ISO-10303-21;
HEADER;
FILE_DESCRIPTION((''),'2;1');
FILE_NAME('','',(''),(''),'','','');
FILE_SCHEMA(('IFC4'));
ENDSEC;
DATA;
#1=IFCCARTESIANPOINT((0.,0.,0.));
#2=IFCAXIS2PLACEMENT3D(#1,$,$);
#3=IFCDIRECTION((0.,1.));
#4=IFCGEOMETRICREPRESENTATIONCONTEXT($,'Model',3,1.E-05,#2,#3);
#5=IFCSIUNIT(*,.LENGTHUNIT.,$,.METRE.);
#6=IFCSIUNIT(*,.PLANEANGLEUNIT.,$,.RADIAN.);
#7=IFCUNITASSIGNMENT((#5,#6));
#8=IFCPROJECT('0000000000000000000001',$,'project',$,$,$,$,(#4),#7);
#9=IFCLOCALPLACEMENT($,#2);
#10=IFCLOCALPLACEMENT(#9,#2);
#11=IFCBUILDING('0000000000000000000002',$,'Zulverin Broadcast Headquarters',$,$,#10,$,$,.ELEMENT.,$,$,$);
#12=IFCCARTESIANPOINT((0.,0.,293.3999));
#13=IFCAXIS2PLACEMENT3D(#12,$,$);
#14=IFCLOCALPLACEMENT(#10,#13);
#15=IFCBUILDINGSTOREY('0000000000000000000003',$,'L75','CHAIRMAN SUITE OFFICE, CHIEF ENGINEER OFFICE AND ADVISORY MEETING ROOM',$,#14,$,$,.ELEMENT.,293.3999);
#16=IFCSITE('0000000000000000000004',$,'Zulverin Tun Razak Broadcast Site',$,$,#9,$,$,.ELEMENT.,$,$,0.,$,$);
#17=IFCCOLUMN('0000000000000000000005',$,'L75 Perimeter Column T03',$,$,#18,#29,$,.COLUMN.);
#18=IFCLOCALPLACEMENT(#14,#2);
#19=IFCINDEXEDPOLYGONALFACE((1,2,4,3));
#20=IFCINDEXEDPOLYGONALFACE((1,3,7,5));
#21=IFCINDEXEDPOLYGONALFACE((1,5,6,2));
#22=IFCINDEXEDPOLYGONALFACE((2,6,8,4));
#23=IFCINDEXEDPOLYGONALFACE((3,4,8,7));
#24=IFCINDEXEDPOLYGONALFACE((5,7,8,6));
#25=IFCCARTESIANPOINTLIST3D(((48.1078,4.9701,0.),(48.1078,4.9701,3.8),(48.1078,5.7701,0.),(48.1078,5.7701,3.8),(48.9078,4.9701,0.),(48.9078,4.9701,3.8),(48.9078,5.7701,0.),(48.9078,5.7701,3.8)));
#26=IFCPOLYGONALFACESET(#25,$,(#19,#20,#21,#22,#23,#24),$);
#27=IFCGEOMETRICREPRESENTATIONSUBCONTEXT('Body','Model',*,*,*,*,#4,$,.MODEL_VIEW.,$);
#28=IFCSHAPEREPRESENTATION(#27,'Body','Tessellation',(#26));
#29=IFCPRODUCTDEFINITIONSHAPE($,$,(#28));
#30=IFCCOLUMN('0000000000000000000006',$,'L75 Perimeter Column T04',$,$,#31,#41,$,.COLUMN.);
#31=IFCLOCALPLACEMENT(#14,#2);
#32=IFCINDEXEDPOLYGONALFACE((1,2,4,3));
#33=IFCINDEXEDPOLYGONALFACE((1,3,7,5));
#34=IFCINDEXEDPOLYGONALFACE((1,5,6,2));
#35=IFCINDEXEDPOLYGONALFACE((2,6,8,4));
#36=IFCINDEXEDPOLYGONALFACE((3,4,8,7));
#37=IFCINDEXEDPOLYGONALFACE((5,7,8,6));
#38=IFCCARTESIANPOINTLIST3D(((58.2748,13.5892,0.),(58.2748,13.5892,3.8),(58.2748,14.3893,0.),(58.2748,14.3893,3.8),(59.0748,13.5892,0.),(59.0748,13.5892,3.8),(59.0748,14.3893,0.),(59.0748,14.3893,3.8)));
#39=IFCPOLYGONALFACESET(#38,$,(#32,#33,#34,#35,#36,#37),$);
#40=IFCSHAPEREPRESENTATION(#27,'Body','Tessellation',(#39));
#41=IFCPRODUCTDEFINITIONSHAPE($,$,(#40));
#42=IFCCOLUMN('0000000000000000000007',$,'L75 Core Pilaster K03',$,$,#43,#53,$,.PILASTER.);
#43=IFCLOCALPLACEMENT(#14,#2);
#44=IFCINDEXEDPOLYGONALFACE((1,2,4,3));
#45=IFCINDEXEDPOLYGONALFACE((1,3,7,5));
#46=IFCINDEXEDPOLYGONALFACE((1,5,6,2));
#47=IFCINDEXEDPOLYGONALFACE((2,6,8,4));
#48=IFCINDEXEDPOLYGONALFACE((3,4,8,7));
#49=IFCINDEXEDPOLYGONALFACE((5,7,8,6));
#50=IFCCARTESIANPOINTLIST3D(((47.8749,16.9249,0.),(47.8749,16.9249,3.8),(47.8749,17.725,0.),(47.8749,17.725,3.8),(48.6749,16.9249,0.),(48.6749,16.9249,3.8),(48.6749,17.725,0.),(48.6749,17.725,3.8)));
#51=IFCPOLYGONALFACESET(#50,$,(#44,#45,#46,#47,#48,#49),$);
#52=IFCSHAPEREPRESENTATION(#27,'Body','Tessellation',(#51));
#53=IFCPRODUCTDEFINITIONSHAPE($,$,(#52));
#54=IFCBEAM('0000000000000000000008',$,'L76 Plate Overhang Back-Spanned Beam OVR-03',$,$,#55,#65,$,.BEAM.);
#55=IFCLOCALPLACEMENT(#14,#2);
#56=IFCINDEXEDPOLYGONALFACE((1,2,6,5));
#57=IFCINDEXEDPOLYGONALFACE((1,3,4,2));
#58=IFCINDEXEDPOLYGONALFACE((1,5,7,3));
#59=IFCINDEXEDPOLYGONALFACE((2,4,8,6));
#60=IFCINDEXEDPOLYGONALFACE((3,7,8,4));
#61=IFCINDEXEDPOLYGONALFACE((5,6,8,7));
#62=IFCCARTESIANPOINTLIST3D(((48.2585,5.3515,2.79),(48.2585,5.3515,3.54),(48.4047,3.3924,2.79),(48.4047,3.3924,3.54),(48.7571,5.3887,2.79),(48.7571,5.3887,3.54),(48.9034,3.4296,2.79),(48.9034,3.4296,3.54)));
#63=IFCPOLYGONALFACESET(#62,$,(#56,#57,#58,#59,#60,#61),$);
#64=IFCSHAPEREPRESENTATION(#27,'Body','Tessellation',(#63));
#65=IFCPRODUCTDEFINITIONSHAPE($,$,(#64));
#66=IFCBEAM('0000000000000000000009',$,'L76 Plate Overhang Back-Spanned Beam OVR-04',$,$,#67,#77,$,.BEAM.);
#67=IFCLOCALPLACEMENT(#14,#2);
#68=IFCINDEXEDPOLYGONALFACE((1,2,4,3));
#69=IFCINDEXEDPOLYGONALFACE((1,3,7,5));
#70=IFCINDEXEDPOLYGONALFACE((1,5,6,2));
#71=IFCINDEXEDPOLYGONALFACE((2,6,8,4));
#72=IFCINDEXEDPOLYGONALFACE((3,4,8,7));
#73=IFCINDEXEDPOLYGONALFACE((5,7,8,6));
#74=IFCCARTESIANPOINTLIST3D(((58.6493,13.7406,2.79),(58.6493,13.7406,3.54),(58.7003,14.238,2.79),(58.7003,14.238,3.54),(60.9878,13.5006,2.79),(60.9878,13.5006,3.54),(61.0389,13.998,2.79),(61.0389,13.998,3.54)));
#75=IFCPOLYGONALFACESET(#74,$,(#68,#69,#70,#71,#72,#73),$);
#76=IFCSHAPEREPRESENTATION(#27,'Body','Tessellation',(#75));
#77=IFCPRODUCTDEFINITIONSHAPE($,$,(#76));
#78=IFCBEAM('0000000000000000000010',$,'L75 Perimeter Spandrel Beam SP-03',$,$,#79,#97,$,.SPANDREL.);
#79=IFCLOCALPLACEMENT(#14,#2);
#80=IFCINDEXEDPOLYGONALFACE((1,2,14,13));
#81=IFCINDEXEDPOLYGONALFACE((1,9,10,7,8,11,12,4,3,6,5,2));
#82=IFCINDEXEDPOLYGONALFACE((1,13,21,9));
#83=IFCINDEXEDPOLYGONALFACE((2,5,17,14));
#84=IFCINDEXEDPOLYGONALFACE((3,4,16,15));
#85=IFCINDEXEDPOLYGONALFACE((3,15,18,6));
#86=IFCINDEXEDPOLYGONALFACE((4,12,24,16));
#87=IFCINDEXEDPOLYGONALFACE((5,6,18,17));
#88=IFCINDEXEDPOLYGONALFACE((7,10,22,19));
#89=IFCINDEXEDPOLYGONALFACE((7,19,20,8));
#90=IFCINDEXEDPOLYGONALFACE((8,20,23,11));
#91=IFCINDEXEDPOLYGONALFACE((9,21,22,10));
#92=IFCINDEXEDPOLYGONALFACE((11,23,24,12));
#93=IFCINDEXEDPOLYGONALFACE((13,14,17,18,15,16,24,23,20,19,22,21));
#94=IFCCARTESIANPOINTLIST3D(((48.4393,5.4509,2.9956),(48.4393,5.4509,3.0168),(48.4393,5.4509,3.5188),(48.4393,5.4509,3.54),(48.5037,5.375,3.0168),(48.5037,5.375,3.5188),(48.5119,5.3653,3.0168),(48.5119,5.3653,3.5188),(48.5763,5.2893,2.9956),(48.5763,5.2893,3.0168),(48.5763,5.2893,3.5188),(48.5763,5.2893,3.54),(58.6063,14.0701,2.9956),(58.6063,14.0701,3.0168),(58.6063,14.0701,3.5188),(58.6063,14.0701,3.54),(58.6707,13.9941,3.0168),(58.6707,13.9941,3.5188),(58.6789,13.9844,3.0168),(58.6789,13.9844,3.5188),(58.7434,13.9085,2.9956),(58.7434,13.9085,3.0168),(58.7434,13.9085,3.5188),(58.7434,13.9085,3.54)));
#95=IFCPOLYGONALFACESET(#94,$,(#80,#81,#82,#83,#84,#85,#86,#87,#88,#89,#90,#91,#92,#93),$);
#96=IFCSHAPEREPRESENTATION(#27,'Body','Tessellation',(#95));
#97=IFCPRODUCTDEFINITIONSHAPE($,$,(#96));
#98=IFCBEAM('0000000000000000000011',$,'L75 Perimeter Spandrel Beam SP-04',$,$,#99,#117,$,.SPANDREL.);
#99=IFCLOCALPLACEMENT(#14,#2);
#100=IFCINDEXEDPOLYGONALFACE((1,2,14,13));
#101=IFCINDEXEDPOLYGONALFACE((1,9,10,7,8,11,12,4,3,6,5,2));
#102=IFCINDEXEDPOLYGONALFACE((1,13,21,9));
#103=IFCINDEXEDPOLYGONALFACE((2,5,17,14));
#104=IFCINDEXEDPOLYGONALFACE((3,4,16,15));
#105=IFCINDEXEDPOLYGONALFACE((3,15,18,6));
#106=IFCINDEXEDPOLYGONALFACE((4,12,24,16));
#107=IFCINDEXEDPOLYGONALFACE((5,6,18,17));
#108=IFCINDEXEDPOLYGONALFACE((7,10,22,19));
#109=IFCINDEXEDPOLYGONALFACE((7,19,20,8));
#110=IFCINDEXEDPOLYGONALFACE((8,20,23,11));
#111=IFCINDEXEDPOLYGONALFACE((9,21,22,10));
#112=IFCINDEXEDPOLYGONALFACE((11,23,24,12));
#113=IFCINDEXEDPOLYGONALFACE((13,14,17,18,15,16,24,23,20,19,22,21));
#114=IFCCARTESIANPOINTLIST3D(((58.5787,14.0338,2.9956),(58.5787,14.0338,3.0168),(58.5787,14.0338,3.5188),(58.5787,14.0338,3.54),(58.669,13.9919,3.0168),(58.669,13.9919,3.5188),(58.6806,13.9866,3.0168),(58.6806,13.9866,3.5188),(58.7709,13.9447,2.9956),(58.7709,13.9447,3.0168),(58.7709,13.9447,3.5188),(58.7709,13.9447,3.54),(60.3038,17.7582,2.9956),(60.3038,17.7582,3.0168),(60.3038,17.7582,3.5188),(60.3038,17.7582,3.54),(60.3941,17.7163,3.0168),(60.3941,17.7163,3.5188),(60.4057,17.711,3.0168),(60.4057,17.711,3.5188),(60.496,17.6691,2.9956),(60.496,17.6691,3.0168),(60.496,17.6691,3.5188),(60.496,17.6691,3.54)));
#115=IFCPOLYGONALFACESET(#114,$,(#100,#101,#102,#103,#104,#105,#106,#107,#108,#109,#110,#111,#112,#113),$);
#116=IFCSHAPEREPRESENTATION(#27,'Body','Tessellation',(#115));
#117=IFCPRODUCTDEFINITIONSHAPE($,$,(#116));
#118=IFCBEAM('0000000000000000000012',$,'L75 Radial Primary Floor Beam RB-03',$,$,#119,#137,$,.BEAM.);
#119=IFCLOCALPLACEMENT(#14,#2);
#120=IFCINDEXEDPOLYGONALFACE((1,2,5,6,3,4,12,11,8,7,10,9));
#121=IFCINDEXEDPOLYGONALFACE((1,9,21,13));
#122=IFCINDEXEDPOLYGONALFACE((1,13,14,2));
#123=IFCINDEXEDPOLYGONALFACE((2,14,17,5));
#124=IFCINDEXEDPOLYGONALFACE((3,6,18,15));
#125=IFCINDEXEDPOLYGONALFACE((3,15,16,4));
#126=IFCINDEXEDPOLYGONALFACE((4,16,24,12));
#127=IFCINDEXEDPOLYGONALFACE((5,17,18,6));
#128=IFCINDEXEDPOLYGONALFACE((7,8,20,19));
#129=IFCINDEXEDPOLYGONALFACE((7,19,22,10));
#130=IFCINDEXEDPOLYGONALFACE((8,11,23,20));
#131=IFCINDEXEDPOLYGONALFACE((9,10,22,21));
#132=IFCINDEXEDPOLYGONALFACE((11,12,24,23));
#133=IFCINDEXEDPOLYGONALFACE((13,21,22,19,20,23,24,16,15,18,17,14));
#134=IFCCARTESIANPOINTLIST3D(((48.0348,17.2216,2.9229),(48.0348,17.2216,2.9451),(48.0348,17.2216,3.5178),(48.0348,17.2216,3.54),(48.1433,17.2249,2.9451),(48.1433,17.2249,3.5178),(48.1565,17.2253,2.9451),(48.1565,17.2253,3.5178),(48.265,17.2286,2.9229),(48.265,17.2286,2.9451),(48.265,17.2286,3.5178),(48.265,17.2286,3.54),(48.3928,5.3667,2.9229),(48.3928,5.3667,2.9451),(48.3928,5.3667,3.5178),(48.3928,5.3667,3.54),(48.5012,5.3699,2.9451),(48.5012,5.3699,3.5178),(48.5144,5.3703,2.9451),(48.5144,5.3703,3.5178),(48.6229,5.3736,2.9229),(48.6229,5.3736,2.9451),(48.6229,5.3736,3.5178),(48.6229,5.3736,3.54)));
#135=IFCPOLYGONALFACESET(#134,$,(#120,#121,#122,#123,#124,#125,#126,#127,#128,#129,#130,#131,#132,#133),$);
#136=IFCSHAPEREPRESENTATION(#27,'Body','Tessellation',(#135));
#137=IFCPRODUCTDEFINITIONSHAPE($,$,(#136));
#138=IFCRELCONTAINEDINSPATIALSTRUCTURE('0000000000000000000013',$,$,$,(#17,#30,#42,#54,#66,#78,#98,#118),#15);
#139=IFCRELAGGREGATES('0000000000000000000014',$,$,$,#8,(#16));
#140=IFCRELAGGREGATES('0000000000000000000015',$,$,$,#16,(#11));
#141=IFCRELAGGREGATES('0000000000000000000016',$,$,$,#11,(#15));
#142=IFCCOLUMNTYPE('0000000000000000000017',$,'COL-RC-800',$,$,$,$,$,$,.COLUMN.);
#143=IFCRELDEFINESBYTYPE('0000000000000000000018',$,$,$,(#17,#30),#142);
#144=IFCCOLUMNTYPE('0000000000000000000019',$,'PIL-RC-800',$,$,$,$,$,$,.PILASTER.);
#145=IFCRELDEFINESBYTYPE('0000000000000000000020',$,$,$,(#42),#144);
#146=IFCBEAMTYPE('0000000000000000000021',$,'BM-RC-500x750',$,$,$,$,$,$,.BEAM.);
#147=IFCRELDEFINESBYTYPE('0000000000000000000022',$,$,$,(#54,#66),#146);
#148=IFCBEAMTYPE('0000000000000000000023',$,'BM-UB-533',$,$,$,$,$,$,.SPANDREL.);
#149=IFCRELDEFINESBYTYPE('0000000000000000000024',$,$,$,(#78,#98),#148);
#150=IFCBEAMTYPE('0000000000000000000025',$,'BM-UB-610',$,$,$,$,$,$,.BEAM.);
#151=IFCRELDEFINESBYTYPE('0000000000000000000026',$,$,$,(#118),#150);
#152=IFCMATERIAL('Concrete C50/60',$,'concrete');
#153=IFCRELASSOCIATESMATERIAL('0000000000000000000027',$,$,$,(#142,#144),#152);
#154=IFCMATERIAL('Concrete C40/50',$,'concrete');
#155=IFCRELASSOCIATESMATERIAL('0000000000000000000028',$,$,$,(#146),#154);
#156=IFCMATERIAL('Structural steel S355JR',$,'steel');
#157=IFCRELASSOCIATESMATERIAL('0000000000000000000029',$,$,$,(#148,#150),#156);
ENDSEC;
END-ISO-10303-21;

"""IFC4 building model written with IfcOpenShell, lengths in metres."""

from ifc_helpers import new_model, si_unit, direction, frame, origin, origin_2d, place, context, subcontext, project, spatial, rectangle, i_section, extrude, material, material_profile, profile_set, type_object, element, save


model = new_model("IFC4")

# Units and contexts
model_context = context("Model", 3, precision=1e-05, world=origin(), true_north=direction((0.0, 1.0)))
body_context = subcontext(model_context, "Body", "Model", "MODEL_VIEW")
ifc_project = project(units=[si_unit("LENGTHUNIT", "METRE"), si_unit("PLANEANGLEUNIT", "RADIAN")], contexts=[model_context])

# Site, building, storey
site_placement = place(None, origin())
site = spatial("IfcSite", under=ifc_project, at=site_placement, Name="Zulverin Tun Razak Broadcast Site", CompositionType="ELEMENT", RefElevation=0.0)
building_placement = place(site_placement, origin())
building = spatial("IfcBuilding", under=site, at=building_placement, Name="Zulverin Broadcast Headquarters", CompositionType="ELEMENT")
storey_placement = place(building_placement, frame((0.0, 0.0, 293.3999)))
storey = spatial("IfcBuildingStorey", under=building, at=storey_placement, Name="L75", Description="CHAIRMAN SUITE OFFICE, CHIEF ENGINEER OFFICE AND ADVISORY MEETING ROOM", CompositionType="ELEMENT", Elevation=293.3999)

# Columns
ifc_material_1 = material(Name="Concrete C50/60", Category="concrete")
ifc_material_profile_1 = material_profile(ifc_material_1, rectangle(XDim=0.8, YDim=0.8, at=origin_2d()), Name="Concrete C50/60", Category="concrete")
ifc_profile_set_1 = profile_set([ifc_material_profile_1], Name="Concrete C50/60")
column_type_1 = type_object("IfcColumnType", Name="COL-RC-800", PredefinedType="COLUMN", material=ifc_profile_set_1)
for number, where, z_axis, x_axis, name in (
    (1, (48.5078, 5.3701, 0.0), (0.0, 0.0, 1.0), (1.0, 0.0, 0.0), "L75 Perimeter Column T03"),
    (2, (58.6748, 13.9893, 0.0), (0.0, 0.0, 1.0), (1.0, 0.0, 0.0), "L75 Perimeter Column T04"),
):
    element("IfcColumn", number, at=place(storey_placement, frame(where, z_axis=z_axis, x_axis=x_axis)), inside=storey, type_object=column_type_1, Name=name, PredefinedType="COLUMN", context=body_context, shape_type="SweptSolid", body=[
        extrude(rectangle(XDim=0.8, YDim=0.8, at=origin_2d()), origin(), (0.0, 0.0, 1.0), 3.8),
    ])
ifc_material_profile_2 = material_profile(ifc_material_1, rectangle(XDim=0.8, YDim=0.8, at=origin_2d()), Name="Concrete C50/60", Category="concrete")
ifc_profile_set_2 = profile_set([ifc_material_profile_2], Name="Concrete C50/60")
column_type_2 = type_object("IfcColumnType", Name="PIL-RC-800", PredefinedType="PILASTER", material=ifc_profile_set_2)
column_placement = place(storey_placement, frame((48.2749, 17.325, 0.0), z_axis=(0.0, 0.0, 1.0), x_axis=(1.0, 0.0, 0.0)))
element("IfcColumn", 3, at=column_placement, inside=storey, type_object=column_type_2, Name="L75 Core Pilaster K03", PredefinedType="PILASTER", context=body_context, shape_type="SweptSolid", body=[
    extrude(rectangle(XDim=0.8, YDim=0.8, at=origin_2d()), origin(), (0.0, 0.0, 1.0), 3.8),
])

# Beams
ifc_material_2 = material(Name="Concrete C40/50", Category="concrete")
ifc_material_profile_3 = material_profile(ifc_material_2, rectangle(XDim=0.5, YDim=0.75, at=origin_2d()), Name="Concrete C40/50", Category="concrete")
ifc_profile_set_3 = profile_set([ifc_material_profile_3], Name="Concrete C40/50")
beam_type_1 = type_object("IfcBeamType", Name="BM-RC-500x750", PredefinedType="BEAM", material=ifc_profile_set_3)
beam_1_placement = place(storey_placement, frame((48.5078, 5.3701, 3.165), z_axis=(0.074435, -0.997226, 0.0), x_axis=(0.997226, 0.074435, 0.0)))
element("IfcBeam", 4, at=beam_1_placement, inside=storey, type_object=beam_type_1, Name="L76 Plate Overhang Back-Spanned Beam OVR-03", PredefinedType="BEAM", context=body_context, shape_type="SweptSolid", body=[
    extrude(rectangle(XDim=0.5, YDim=0.75, at=origin_2d()), origin(), (0.0, 0.0, 1.0), 1.9646),
])
beam_2_placement = place(storey_placement, frame((58.6748, 13.9893, 3.165), z_axis=(0.994776, -0.102084, 0.0), x_axis=(0.102084, 0.994776, 0.0)))
element("IfcBeam", 5, at=beam_2_placement, inside=storey, type_object=beam_type_1, Name="L76 Plate Overhang Back-Spanned Beam OVR-04", PredefinedType="BEAM", context=body_context, shape_type="SweptSolid", body=[
    extrude(rectangle(XDim=0.5, YDim=0.75, at=origin_2d()), origin(), (0.0, 0.0, 1.0), 2.3508),
])
ifc_material_3 = material(Name="Structural steel S355JR", Category="steel")
ifc_material_profile_4 = material_profile(ifc_material_3, i_section(OverallWidth=0.2119, OverallDepth=0.5444, WebThickness=0.0127, FlangeThickness=0.0212, at=origin_2d()), Name="Structural steel S355JR", Category="steel")
ifc_profile_set_4 = profile_set([ifc_material_profile_4], Name="Structural steel S355JR")
beam_type_2 = type_object("IfcBeamType", Name="BM-UB-533", PredefinedType="SPANDREL", material=ifc_profile_set_4)
beam_3_placement = place(storey_placement, frame((48.5078, 5.3701, 3.2678), z_axis=(0.762783, 0.646655, 0.0), x_axis=(-0.646655, 0.762783, 0.0)))
element("IfcBeam", 6, at=beam_3_placement, inside=storey, type_object=beam_type_2, Name="L75 Perimeter Spandrel Beam SP-03", PredefinedType="SPANDREL", context=body_context, shape_type="SweptSolid", body=[
    extrude(i_section(OverallWidth=0.2119, OverallDepth=0.5444, WebThickness=0.0127, FlangeThickness=0.0212, at=origin_2d()), origin(), (0.0, 0.0, 1.0), 13.3289),
])
beam_4_placement = place(storey_placement, frame((58.6748, 13.9893, 3.2678), z_axis=(0.420295, 0.907388, 0.0), x_axis=(-0.907388, 0.420295, 0.0)))
element("IfcBeam", 7, at=beam_4_placement, inside=storey, type_object=beam_type_2, Name="L75 Perimeter Spandrel Beam SP-04", PredefinedType="SPANDREL", context=body_context, shape_type="SweptSolid", body=[
    extrude(i_section(OverallWidth=0.2119, OverallDepth=0.5444, WebThickness=0.0127, FlangeThickness=0.0212, at=origin_2d()), origin(), (0.0, 0.0, 1.0), 4.1045),
])
ifc_material_profile_5 = material_profile(ifc_material_3, i_section(OverallWidth=0.2302, OverallDepth=0.6172, WebThickness=0.0132, FlangeThickness=0.0222, at=origin_2d()), Name="Structural steel S355JR", Category="steel")
ifc_profile_set_5 = profile_set([ifc_material_profile_5], Name="Structural steel S355JR")
beam_type_3 = type_object("IfcBeamType", Name="BM-UB-610", PredefinedType="BEAM", material=ifc_profile_set_5)
beam_5_placement = place(storey_placement, frame((48.1499, 17.2251, 3.2314), z_axis=(0.030177, -0.999545, 0.0), x_axis=(0.999545, 0.030177, 0.0)))
element("IfcBeam", 8, at=beam_5_placement, inside=storey, type_object=beam_type_3, Name="L75 Radial Primary Floor Beam RB-03", PredefinedType="BEAM", context=body_context, shape_type="SweptSolid", body=[
    extrude(i_section(OverallWidth=0.2302, OverallDepth=0.6172, WebThickness=0.0132, FlangeThickness=0.0222, at=origin_2d()), origin(), (0.0, 0.0, 1.0), 11.8604),
])

save(model, "model.ifc")
